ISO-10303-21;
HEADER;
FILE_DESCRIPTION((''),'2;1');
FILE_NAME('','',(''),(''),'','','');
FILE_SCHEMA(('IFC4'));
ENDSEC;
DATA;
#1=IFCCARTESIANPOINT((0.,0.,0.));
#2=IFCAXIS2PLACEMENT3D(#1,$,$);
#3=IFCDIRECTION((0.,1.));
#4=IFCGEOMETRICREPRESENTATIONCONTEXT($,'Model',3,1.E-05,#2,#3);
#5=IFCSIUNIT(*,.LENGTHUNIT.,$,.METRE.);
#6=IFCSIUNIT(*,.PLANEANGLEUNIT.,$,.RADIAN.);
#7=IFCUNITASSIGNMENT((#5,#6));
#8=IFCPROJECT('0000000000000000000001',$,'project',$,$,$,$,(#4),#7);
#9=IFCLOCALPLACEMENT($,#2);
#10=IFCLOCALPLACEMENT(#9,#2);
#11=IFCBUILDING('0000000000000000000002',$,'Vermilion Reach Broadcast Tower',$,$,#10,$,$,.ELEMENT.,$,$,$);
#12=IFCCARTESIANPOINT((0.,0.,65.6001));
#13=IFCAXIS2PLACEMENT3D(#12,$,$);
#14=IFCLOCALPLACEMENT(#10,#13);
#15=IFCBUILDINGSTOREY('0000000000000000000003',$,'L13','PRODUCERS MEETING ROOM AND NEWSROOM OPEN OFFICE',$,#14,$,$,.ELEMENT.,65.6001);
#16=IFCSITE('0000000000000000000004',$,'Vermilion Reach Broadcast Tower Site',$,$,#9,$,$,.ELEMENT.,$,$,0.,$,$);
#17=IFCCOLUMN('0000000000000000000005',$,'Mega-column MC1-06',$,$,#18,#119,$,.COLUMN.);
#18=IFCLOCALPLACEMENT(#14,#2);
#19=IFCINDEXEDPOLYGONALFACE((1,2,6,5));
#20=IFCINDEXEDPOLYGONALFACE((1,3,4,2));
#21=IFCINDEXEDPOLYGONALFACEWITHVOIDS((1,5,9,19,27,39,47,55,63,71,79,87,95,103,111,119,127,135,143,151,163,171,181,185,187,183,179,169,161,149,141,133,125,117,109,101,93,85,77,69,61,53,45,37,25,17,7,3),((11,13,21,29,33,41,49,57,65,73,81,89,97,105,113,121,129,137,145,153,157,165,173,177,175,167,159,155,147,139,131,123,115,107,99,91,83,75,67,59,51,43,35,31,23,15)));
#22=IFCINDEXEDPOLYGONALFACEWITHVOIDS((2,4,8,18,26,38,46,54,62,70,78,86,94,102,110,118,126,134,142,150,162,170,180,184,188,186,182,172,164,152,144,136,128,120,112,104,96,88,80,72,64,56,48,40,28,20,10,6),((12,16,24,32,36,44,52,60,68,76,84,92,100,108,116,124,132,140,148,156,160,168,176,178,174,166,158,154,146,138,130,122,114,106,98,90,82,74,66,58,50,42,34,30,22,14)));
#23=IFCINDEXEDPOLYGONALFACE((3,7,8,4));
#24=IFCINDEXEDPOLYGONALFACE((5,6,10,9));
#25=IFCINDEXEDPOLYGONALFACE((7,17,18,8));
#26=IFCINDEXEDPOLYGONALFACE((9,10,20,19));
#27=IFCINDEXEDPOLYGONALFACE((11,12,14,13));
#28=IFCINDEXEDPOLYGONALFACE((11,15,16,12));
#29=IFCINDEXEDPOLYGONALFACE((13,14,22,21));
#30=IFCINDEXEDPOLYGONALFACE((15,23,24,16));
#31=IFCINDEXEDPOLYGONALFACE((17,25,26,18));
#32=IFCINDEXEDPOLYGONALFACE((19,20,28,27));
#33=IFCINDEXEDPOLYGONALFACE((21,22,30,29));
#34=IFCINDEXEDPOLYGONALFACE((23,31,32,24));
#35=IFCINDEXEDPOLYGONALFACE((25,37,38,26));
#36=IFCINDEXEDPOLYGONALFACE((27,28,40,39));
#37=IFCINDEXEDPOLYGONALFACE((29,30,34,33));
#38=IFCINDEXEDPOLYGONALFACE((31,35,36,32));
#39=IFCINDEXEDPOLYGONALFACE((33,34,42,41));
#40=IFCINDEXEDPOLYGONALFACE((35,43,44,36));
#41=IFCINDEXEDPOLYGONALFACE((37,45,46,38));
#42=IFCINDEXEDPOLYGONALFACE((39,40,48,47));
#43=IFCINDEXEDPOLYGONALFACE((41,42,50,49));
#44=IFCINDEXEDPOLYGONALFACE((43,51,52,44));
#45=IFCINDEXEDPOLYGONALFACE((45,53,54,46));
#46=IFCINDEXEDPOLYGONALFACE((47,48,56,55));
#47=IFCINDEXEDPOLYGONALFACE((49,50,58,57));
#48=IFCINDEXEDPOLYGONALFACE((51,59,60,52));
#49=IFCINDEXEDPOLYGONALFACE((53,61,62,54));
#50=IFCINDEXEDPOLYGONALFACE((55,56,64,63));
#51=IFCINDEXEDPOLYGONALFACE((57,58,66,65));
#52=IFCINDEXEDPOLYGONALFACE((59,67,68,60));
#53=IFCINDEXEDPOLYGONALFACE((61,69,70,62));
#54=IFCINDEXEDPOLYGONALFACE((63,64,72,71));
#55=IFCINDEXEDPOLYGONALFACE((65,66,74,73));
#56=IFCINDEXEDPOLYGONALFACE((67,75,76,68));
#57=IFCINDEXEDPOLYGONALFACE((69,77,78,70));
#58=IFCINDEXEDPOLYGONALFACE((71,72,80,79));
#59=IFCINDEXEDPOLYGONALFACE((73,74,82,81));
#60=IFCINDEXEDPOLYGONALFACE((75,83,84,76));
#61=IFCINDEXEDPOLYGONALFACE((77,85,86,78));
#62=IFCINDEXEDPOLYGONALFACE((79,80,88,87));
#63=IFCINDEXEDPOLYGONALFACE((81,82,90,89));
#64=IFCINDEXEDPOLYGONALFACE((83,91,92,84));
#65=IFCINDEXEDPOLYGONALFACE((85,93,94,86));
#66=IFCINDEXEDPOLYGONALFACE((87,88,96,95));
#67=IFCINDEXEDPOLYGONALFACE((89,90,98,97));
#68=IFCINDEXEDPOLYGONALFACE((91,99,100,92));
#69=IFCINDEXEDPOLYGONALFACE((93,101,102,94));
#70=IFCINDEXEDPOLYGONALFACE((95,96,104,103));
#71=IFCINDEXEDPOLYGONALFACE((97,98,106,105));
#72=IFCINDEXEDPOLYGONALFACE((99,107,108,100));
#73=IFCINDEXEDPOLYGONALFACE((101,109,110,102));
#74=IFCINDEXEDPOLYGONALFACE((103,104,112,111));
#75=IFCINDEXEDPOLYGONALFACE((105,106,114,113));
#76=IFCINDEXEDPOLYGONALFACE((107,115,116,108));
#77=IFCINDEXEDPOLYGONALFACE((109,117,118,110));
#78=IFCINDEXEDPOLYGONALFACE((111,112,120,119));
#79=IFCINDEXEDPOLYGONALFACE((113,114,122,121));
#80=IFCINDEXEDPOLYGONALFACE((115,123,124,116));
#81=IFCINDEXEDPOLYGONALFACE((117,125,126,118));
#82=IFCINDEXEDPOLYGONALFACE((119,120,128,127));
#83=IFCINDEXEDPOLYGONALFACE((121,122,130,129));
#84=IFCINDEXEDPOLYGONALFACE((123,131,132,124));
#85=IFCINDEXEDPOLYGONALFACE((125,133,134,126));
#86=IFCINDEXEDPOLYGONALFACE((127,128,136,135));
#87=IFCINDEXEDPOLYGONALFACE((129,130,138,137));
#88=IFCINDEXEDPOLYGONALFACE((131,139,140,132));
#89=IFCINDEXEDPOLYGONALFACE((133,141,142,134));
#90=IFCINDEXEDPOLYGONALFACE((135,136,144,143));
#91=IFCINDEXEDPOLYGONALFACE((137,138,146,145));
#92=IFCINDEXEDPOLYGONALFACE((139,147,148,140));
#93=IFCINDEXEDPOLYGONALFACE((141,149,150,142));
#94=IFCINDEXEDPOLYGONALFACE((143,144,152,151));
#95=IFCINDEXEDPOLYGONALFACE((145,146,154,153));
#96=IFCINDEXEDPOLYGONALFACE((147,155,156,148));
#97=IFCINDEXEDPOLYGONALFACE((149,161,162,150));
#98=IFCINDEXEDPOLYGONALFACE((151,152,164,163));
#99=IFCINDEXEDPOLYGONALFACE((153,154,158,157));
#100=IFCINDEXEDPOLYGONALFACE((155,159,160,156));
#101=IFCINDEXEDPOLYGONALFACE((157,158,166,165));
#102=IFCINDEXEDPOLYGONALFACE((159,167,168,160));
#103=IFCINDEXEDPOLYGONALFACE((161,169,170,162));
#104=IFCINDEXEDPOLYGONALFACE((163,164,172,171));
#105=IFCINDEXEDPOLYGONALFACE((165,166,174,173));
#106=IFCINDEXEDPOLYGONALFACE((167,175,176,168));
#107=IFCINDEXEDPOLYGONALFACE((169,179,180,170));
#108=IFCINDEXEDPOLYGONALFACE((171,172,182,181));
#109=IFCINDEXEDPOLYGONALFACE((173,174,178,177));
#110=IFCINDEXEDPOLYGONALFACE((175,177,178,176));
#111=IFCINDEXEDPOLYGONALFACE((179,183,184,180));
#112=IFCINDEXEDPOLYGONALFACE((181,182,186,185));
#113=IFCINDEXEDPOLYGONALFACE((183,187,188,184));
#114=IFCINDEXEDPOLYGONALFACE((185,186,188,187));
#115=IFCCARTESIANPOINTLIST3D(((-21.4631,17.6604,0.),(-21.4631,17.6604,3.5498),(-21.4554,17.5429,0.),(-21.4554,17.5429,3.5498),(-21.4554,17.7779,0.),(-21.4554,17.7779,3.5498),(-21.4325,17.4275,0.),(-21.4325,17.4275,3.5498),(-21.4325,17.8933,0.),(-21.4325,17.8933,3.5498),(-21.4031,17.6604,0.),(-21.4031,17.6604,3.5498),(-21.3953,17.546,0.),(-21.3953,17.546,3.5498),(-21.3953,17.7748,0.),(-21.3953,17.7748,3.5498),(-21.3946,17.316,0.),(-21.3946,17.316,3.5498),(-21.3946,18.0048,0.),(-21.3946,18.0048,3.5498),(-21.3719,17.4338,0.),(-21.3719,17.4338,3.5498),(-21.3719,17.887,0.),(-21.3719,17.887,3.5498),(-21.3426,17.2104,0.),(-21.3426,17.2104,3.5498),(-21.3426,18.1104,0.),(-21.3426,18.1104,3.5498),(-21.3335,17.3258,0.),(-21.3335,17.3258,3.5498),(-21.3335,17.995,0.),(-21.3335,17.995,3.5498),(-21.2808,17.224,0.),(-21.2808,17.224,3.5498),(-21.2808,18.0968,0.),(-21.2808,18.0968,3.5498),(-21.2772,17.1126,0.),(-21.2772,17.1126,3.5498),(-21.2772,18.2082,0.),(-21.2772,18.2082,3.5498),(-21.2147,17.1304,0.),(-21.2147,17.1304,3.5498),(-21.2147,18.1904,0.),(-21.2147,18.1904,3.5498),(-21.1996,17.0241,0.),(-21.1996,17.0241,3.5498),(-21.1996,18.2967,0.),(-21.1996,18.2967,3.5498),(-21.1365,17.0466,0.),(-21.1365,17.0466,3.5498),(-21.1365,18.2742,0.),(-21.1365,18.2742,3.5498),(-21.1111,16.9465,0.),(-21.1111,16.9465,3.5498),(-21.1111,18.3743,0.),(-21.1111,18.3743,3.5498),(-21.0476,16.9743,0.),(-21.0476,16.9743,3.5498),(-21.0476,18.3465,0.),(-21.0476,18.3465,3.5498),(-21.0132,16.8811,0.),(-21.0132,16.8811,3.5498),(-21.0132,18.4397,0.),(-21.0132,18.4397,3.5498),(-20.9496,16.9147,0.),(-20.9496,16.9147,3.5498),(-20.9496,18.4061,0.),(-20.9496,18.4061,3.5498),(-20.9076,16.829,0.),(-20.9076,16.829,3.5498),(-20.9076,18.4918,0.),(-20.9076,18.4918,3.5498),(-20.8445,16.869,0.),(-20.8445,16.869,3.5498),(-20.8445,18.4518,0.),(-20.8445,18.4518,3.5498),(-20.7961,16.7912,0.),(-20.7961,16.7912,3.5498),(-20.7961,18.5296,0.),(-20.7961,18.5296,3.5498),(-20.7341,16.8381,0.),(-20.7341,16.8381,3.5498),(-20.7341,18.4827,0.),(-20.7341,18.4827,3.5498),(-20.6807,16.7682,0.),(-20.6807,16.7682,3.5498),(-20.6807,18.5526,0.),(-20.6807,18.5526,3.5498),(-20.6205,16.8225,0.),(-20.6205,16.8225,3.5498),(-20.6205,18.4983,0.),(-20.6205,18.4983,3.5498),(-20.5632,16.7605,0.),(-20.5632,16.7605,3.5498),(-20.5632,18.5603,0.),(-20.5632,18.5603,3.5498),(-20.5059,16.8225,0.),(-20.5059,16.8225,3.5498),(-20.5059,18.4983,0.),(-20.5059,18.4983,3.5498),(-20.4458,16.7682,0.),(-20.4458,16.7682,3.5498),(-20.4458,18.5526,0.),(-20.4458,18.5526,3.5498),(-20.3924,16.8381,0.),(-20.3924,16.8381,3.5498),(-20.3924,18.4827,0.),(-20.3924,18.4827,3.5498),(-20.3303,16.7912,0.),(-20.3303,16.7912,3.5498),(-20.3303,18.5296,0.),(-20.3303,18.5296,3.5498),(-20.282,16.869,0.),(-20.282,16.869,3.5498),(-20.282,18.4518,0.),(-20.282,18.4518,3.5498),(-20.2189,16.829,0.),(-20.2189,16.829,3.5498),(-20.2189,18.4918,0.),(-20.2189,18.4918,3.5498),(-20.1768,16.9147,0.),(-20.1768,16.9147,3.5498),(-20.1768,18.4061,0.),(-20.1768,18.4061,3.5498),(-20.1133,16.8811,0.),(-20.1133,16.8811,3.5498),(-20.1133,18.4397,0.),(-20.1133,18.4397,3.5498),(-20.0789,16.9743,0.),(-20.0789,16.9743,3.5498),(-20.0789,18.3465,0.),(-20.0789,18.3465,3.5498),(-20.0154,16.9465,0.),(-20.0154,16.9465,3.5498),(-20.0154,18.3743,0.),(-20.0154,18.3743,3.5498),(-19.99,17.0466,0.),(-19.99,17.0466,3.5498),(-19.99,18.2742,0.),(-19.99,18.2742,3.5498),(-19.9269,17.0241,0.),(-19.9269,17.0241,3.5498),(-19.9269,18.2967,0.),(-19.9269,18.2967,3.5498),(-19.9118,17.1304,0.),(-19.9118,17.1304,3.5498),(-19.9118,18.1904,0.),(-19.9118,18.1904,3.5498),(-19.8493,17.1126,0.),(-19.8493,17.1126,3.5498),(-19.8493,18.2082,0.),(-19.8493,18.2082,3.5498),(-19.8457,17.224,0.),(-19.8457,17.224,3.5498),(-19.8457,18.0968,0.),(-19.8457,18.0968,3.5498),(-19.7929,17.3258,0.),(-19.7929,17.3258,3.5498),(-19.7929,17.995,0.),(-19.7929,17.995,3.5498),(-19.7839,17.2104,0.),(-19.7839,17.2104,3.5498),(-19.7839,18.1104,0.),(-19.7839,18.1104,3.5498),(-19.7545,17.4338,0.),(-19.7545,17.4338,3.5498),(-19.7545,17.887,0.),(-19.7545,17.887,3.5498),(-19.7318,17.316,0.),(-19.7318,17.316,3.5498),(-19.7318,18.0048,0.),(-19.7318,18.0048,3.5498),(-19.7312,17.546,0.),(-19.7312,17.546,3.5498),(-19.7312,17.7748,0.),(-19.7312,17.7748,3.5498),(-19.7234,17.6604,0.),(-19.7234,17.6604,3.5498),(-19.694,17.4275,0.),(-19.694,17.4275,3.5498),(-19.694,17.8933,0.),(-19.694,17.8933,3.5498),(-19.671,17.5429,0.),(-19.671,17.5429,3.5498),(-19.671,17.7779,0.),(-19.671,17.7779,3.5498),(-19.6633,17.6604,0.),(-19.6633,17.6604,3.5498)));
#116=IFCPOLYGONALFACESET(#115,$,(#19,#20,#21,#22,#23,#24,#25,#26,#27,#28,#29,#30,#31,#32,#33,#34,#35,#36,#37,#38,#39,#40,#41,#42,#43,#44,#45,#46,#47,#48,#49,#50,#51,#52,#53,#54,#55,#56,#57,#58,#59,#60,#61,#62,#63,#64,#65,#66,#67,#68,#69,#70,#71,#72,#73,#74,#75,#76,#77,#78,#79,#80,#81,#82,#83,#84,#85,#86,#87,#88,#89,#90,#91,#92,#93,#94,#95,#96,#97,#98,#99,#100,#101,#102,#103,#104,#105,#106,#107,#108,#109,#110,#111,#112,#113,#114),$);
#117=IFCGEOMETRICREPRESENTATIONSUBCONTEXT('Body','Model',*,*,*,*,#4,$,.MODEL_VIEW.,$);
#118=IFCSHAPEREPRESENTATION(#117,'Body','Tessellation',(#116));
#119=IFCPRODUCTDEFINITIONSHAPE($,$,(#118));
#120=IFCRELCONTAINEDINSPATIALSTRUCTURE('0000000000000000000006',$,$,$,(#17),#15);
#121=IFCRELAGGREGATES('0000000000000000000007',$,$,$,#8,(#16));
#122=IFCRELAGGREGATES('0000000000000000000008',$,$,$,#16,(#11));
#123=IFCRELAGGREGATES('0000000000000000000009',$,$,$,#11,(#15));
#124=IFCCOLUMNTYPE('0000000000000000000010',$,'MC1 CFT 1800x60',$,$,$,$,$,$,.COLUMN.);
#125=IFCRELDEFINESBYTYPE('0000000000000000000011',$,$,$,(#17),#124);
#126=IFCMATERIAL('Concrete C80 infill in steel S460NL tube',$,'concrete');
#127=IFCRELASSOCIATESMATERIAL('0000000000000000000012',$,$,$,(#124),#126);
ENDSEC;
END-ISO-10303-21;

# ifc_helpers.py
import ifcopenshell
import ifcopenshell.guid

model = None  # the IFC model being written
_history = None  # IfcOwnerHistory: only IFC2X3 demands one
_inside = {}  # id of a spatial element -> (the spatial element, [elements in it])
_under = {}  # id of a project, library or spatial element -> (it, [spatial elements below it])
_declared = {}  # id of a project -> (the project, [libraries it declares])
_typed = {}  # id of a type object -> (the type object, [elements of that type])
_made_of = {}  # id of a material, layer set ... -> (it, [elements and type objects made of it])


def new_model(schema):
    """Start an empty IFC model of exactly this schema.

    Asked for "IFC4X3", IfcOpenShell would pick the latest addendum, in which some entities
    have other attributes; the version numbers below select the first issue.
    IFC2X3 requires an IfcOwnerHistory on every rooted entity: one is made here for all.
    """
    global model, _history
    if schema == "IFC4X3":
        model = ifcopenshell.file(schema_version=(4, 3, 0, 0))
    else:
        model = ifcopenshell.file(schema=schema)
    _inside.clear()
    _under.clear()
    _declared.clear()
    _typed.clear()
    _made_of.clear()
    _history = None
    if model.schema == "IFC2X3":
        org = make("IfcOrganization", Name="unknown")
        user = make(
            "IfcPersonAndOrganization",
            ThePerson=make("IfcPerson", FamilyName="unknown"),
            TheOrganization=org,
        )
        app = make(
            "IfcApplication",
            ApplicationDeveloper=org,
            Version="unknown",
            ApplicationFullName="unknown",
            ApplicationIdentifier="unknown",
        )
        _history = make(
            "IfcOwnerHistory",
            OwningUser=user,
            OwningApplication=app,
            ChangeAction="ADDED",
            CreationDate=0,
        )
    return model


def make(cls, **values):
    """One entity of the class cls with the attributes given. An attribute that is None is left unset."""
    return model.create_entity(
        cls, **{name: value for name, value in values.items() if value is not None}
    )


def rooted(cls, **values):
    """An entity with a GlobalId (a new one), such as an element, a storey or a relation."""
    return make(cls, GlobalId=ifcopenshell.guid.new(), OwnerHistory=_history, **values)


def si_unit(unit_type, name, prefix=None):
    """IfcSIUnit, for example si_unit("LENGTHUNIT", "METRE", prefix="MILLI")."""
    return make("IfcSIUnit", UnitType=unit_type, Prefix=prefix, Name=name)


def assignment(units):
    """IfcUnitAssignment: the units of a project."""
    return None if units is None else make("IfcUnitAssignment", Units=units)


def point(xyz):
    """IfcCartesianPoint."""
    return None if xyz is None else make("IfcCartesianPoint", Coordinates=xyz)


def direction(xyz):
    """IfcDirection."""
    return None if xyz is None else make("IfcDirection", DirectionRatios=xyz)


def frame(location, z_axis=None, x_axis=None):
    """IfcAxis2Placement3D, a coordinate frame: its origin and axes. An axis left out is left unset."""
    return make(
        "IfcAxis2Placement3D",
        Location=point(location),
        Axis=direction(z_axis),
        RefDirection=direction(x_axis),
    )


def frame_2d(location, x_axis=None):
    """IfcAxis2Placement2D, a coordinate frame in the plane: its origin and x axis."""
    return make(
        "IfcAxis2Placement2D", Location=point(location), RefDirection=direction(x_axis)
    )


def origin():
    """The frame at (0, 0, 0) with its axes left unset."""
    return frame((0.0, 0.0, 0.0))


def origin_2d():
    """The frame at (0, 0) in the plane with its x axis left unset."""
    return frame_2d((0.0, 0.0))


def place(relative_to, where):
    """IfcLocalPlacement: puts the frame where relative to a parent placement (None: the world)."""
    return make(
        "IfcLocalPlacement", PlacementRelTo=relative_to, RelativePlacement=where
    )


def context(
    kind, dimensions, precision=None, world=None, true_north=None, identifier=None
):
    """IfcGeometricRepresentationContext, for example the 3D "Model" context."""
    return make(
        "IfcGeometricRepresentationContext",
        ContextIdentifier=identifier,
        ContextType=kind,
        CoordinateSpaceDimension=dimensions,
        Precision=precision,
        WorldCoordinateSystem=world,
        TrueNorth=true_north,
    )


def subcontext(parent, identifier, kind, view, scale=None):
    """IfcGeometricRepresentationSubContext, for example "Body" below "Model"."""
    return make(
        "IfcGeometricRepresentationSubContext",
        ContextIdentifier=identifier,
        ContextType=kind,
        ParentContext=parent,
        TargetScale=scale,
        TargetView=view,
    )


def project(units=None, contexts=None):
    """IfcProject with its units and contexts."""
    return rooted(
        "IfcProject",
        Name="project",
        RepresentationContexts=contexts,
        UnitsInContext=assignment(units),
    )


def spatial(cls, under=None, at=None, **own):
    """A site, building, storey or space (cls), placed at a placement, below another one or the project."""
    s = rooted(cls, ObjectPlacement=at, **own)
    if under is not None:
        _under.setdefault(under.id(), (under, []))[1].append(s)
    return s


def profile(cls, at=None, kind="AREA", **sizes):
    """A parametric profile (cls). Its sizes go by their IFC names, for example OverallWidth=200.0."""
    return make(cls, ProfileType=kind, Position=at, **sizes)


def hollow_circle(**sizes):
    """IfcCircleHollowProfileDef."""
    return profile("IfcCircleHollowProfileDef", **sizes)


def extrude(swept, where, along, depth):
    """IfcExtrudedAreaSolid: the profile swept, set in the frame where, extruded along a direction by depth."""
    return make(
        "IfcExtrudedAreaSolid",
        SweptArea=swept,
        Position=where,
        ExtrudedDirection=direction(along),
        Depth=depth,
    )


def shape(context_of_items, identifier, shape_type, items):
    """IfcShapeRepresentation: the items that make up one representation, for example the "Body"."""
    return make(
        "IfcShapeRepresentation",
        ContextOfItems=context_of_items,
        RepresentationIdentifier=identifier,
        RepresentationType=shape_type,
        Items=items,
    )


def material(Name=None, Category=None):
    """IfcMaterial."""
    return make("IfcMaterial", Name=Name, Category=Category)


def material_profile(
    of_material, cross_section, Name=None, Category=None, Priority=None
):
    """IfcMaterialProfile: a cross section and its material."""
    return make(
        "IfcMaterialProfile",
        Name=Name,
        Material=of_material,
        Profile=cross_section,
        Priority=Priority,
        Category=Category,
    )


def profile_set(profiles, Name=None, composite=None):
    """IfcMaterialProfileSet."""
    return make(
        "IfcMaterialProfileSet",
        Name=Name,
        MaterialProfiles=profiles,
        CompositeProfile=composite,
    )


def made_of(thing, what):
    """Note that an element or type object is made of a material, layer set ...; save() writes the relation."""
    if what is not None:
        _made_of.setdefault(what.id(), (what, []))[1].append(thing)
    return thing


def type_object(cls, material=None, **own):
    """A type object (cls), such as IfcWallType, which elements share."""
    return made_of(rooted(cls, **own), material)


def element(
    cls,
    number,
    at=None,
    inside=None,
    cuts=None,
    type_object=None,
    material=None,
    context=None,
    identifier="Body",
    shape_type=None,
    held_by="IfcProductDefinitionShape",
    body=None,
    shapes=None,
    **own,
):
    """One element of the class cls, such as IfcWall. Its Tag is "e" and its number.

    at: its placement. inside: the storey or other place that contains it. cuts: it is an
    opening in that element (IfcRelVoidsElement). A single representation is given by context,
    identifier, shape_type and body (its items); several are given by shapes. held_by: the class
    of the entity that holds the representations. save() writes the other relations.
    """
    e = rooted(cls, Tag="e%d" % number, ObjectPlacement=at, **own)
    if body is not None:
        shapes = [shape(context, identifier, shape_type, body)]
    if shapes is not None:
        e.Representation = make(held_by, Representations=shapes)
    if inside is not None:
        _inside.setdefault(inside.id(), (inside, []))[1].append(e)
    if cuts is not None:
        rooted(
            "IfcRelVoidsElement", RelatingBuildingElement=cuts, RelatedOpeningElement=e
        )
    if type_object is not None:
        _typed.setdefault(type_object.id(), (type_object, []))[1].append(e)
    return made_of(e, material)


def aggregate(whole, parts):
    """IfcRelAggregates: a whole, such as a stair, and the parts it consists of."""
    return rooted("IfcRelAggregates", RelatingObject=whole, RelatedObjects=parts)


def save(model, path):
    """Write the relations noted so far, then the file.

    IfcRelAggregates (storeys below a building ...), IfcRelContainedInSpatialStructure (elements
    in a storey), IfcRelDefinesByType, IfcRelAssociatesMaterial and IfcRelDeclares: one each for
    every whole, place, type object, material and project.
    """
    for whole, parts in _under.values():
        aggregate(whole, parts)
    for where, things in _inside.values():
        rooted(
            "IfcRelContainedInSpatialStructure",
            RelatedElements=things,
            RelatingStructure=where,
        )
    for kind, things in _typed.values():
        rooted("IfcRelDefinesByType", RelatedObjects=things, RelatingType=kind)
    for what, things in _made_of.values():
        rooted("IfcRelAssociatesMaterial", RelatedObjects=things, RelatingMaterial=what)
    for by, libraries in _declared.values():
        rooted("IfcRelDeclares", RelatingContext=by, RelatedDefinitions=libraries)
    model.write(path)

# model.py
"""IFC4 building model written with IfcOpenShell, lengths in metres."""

from ifc_helpers import new_model, si_unit, direction, frame, origin, origin_2d, place, context, subcontext, project, spatial, hollow_circle, extrude, material, material_profile, profile_set, type_object, element, save


model = new_model("IFC4")

# Units and contexts
model_context = context("Model", 3, precision=1e-05, world=origin(), true_north=direction((0.0, 1.0)))
body_context = subcontext(model_context, "Body", "Model", "MODEL_VIEW")
ifc_project = project(units=[si_unit("LENGTHUNIT", "METRE"), si_unit("PLANEANGLEUNIT", "RADIAN")], contexts=[model_context])

# Site, building, storey
site_placement = place(None, origin())
site = spatial("IfcSite", under=ifc_project, at=site_placement, Name="Vermilion Reach Broadcast Tower Site", CompositionType="ELEMENT", RefElevation=0.0)
building_placement = place(site_placement, origin())
building = spatial("IfcBuilding", under=site, at=building_placement, Name="Vermilion Reach Broadcast Tower", CompositionType="ELEMENT")
storey_placement = place(building_placement, frame((0.0, 0.0, 65.6001)))
storey = spatial("IfcBuildingStorey", under=building, at=storey_placement, Name="L13", Description="PRODUCERS MEETING ROOM AND NEWSROOM OPEN OFFICE", CompositionType="ELEMENT", Elevation=65.6001)

# Column
ifc_material_1 = material(Name="Concrete C80 infill in steel S460NL tube", Category="concrete")
ifc_material_profile_1 = material_profile(ifc_material_1, hollow_circle(Radius=0.8999, WallThickness=0.0601, at=origin_2d()), Name="Concrete C80 infill in steel S460NL tube CFT 1800x60")
ifc_profile_set_1 = profile_set([ifc_material_profile_1], Name="Concrete C80 infill in steel S460NL tube")
column_type = type_object("IfcColumnType", Name="MC1 CFT 1800x60", PredefinedType="COLUMN", material=ifc_profile_set_1)
for number, where, z_axis, x_axis, name in (
    (1, (-20.5632, 17.6604, 0.0), (0.0, 0.0, 1.0), (1.0, 0.0, 0.0), "Mega-column MC1-06"),
):
    element("IfcColumn", number, at=place(storey_placement, frame(where, z_axis=z_axis, x_axis=x_axis)), inside=storey, type_object=column_type, Name=name, PredefinedType="COLUMN", context=body_context, shape_type="SweptSolid", body=[
        extrude(hollow_circle(Radius=0.8999, WallThickness=0.0601, at=origin_2d()), origin(), (0.0, 0.0, 1.0), 3.5498),
    ])

save(model, "model.ifc")
